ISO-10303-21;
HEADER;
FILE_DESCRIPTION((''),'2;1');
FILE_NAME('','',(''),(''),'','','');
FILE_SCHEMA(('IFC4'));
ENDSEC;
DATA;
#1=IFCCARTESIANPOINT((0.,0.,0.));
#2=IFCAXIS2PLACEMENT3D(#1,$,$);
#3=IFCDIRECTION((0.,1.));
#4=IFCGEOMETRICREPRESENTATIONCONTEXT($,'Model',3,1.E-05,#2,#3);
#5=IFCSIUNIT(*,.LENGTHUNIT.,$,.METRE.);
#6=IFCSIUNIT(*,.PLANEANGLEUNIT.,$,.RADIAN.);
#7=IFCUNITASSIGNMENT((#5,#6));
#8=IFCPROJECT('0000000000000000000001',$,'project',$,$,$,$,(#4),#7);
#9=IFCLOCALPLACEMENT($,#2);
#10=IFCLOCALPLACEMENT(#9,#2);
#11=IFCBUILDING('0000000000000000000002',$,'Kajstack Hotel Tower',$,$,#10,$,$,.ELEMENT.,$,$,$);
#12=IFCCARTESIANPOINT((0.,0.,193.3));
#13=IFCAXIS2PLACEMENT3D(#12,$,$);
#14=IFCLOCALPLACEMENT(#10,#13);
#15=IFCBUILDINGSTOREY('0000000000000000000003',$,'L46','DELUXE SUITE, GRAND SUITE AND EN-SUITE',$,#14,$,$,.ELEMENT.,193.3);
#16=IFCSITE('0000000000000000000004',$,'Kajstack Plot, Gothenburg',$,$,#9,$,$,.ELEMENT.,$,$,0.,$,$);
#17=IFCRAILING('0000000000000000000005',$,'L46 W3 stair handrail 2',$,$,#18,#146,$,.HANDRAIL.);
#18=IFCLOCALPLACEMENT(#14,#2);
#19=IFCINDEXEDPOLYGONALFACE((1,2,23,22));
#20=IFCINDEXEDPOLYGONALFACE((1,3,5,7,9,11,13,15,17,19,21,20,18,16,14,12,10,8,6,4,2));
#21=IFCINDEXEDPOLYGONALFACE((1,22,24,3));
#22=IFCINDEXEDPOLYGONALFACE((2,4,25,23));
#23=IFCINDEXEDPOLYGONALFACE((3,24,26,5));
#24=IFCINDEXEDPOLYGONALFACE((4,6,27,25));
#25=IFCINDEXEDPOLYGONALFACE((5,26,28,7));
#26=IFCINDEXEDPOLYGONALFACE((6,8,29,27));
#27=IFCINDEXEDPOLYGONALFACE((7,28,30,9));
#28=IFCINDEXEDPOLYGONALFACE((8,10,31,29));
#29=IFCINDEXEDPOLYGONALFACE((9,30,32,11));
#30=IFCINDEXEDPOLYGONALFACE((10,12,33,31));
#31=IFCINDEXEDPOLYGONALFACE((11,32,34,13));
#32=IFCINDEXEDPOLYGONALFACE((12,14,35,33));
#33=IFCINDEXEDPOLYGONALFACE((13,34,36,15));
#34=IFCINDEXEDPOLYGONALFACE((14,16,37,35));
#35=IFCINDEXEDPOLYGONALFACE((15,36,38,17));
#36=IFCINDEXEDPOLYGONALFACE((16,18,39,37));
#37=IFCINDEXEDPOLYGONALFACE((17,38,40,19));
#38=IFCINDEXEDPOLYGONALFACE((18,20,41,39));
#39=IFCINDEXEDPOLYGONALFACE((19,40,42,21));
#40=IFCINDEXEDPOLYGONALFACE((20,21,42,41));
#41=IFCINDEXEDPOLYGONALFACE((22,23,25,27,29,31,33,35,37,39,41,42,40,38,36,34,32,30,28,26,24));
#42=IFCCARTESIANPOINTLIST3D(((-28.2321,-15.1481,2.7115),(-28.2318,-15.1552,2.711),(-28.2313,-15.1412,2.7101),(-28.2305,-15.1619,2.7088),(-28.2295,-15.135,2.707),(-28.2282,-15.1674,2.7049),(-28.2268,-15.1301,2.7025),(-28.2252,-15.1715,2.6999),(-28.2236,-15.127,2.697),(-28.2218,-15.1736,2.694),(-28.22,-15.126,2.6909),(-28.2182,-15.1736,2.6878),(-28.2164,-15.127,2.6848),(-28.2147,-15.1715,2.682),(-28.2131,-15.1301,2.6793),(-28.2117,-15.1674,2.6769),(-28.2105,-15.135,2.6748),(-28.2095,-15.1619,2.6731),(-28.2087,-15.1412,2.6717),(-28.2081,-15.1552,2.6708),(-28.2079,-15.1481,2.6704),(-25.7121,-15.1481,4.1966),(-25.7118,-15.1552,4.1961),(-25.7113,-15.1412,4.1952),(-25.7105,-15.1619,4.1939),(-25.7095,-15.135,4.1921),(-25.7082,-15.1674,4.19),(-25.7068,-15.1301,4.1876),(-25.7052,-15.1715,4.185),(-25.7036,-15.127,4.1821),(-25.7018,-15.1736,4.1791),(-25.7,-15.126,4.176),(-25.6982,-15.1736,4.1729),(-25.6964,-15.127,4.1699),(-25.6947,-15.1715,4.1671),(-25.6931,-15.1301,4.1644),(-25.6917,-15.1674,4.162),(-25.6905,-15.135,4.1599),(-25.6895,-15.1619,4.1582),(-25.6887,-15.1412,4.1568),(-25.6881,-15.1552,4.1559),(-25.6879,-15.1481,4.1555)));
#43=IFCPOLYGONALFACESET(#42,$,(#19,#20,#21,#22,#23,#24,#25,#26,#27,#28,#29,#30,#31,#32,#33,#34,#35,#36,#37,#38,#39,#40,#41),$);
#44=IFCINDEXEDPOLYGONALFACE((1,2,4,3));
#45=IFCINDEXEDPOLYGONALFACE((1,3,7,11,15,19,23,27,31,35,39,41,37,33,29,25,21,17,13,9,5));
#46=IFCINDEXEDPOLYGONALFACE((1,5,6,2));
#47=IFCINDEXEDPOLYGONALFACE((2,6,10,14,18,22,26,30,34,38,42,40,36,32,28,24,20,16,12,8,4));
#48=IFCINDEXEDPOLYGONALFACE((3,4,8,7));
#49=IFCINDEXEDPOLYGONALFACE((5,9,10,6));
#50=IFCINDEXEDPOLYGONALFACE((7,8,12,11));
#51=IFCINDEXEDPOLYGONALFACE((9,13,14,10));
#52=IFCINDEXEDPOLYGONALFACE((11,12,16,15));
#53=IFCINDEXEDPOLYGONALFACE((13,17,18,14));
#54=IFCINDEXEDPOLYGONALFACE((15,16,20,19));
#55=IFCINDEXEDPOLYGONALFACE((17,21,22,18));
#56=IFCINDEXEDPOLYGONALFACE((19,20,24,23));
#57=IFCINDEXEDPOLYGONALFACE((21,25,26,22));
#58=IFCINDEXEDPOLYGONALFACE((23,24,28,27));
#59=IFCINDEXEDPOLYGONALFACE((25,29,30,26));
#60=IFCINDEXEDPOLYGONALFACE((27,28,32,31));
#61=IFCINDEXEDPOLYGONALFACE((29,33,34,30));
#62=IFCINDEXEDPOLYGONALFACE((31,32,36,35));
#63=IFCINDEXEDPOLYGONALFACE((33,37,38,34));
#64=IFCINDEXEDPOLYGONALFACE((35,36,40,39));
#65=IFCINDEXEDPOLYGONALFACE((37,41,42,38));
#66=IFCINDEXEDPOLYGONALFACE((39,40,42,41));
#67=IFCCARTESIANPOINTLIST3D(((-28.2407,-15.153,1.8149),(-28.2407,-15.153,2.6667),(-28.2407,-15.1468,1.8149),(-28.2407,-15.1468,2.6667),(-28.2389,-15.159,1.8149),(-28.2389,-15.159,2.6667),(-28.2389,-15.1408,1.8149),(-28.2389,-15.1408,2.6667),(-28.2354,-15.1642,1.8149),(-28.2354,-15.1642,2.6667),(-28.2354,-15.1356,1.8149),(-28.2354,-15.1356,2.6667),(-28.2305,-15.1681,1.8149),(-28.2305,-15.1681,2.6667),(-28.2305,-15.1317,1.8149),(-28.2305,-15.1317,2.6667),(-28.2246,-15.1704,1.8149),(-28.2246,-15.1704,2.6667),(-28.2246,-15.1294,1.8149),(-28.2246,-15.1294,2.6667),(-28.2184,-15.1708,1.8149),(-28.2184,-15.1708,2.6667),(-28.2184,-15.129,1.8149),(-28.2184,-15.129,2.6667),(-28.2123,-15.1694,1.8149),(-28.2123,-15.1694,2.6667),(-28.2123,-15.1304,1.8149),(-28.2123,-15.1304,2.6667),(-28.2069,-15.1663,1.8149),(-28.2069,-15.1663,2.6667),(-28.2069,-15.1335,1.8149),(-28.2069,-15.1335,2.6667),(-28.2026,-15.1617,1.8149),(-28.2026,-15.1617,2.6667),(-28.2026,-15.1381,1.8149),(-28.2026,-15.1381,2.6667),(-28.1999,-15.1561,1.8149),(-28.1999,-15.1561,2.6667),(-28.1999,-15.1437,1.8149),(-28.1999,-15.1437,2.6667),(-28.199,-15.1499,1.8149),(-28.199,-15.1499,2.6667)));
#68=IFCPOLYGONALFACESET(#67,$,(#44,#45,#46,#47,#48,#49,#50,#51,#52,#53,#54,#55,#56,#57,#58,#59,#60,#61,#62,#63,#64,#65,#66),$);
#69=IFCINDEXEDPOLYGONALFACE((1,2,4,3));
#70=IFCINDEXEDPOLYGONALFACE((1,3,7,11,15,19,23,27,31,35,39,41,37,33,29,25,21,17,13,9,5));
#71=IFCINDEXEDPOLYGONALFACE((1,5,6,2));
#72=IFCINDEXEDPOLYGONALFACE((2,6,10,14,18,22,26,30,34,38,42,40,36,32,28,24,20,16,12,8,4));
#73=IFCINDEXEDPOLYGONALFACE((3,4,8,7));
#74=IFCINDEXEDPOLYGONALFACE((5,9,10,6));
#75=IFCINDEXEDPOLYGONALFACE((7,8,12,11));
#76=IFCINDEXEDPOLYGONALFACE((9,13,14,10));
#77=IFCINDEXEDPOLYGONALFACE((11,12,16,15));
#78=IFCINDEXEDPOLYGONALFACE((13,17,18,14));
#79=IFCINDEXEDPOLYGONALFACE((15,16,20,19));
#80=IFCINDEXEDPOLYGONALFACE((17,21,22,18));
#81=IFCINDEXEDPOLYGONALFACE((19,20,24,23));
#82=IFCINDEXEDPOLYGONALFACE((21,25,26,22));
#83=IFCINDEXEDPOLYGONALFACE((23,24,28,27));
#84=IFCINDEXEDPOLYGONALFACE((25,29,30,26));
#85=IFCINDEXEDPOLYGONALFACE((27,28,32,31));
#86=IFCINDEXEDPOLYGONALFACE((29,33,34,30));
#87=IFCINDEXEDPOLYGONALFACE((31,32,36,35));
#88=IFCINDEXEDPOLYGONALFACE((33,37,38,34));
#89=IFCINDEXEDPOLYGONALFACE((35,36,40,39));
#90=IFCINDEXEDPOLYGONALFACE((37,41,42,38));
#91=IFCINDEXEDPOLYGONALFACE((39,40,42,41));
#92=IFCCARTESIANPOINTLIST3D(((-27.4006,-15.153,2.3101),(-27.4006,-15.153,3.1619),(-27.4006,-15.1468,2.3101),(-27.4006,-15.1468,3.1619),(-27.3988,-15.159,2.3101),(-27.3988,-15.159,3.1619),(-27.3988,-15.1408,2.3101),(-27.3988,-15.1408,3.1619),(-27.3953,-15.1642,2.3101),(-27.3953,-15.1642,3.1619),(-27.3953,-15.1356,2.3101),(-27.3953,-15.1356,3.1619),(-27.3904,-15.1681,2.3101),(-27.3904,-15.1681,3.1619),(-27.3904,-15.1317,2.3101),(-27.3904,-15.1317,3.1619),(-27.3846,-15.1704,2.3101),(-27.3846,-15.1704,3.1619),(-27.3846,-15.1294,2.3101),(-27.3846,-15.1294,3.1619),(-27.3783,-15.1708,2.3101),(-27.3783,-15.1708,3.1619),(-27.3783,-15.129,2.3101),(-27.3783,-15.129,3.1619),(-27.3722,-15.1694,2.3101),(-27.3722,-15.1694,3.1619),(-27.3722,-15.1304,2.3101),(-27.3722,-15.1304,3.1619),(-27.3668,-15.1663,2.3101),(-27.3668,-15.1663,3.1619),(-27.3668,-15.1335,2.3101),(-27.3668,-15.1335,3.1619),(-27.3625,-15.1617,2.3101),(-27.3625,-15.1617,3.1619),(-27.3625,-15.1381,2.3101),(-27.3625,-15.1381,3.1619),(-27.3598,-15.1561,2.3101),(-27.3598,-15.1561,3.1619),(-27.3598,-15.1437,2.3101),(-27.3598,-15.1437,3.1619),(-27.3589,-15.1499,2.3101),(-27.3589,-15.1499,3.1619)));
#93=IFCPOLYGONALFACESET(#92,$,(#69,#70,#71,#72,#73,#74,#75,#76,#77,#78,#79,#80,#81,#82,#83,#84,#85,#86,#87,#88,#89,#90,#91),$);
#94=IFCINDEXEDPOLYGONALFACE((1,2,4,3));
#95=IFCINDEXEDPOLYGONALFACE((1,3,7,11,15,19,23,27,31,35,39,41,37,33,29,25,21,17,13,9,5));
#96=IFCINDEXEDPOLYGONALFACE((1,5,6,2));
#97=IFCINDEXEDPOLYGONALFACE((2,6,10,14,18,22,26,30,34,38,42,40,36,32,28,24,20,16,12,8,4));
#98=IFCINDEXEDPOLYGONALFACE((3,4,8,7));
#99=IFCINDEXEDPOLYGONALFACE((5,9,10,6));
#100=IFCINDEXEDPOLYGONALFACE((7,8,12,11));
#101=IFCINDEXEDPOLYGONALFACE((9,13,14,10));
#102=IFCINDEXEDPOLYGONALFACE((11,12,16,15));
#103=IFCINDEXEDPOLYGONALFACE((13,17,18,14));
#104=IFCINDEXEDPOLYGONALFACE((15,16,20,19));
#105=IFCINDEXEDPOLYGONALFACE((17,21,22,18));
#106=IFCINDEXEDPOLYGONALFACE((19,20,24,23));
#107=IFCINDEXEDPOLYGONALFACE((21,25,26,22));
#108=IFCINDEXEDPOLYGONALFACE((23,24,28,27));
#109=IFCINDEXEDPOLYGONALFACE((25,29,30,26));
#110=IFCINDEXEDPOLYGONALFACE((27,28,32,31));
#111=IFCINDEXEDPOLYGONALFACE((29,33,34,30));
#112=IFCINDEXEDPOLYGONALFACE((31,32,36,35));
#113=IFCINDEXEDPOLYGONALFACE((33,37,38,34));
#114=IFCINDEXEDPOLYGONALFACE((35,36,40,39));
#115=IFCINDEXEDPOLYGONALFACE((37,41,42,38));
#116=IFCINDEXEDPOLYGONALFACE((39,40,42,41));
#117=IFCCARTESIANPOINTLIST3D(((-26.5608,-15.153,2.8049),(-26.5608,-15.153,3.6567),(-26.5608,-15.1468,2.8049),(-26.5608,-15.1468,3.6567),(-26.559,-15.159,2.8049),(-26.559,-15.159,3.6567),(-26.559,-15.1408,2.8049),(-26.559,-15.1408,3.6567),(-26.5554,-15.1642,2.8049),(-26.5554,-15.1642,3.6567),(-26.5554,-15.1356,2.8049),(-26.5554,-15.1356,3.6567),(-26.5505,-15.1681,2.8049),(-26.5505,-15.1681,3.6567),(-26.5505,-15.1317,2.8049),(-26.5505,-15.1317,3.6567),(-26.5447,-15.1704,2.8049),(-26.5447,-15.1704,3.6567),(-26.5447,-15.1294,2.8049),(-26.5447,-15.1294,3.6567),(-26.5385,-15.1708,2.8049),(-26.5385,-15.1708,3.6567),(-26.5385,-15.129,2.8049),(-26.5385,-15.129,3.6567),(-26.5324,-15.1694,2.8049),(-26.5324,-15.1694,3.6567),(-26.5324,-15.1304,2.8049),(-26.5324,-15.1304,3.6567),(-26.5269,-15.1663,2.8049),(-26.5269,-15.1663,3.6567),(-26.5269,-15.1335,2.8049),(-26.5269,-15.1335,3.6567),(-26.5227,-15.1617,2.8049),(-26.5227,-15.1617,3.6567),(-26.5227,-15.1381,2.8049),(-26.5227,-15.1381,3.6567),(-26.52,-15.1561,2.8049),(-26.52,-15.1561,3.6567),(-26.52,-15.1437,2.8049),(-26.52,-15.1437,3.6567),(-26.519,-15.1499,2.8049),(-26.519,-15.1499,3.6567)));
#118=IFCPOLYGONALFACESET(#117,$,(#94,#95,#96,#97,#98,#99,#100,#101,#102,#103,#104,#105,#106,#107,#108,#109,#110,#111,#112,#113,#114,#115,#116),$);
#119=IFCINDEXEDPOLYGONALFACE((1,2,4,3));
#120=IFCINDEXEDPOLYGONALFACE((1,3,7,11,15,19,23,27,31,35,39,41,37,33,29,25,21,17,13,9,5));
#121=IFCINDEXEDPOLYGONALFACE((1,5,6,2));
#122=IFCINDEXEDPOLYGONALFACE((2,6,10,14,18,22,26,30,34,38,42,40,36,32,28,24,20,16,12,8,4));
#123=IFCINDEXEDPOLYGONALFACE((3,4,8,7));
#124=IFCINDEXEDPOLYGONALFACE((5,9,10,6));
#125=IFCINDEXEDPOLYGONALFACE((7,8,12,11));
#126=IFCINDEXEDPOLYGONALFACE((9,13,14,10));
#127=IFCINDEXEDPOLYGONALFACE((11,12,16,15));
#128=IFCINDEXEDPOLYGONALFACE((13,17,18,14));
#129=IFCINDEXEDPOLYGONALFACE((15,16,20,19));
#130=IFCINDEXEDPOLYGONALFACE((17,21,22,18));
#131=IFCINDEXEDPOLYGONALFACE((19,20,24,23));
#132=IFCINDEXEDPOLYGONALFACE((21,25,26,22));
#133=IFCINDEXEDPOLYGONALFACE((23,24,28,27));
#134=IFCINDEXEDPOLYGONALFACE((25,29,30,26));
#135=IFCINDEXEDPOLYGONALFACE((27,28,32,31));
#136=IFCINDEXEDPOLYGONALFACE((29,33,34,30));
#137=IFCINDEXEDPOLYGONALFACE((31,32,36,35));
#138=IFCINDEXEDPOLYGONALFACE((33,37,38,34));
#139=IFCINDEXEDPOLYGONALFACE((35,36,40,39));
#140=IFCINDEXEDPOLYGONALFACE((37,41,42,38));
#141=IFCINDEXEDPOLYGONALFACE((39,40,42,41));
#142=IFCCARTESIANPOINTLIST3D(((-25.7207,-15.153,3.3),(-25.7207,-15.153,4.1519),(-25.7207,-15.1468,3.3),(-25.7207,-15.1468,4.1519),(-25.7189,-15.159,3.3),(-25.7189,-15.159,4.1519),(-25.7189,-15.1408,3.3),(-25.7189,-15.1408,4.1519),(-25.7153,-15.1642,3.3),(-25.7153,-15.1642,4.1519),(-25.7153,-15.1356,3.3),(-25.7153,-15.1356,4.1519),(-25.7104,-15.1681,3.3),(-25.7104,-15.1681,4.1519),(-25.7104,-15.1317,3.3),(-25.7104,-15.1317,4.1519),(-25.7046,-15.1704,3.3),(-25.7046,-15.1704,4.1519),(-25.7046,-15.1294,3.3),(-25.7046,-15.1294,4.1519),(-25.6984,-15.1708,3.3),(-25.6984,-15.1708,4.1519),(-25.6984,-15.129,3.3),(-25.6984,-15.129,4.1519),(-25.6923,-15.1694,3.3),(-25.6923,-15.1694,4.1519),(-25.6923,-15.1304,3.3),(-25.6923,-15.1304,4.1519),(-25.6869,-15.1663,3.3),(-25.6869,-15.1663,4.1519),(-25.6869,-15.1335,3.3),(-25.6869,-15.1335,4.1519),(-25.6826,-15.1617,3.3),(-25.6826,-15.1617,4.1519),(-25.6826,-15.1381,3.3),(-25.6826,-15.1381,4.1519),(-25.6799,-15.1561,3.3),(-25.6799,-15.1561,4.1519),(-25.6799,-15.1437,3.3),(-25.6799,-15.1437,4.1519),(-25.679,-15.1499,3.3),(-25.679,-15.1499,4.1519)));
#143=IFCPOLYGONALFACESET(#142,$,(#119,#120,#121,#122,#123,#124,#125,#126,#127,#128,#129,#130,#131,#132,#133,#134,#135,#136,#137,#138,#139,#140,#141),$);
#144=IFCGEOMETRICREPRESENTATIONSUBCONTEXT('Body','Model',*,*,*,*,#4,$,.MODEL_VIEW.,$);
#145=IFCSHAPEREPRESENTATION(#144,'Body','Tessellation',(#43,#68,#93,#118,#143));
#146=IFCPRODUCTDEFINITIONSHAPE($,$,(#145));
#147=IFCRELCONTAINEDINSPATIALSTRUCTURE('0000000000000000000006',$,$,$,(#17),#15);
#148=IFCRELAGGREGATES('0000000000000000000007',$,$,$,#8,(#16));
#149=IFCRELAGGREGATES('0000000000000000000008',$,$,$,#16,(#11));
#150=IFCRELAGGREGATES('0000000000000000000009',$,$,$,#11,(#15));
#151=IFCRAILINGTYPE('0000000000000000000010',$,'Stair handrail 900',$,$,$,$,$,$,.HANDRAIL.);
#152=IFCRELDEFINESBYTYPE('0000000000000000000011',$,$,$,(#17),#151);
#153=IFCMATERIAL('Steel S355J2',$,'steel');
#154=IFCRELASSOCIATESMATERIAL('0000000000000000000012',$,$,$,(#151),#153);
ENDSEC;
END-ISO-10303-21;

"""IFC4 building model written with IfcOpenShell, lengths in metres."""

from ifc_helpers import new_model, si_unit, direction, frame, origin, origin_2d, place, context, subcontext, project, spatial, circle, extrude, material, type_object, element, save


model = new_model("IFC4")

# Units and contexts
model_context = context("Model", 3, precision=1e-05, world=origin(), true_north=direction((0.0, 1.0)))
body_context = subcontext(model_context, "Body", "Model", "MODEL_VIEW")
ifc_project = project(units=[si_unit("LENGTHUNIT", "METRE"), si_unit("PLANEANGLEUNIT", "RADIAN")], contexts=[model_context])

# Site, building, storey
site_placement = place(None, origin())
site = spatial("IfcSite", under=ifc_project, at=site_placement, Name="Kajstack Plot, Gothenburg", CompositionType="ELEMENT", RefElevation=0.0)
building_placement = place(site_placement, origin())
building = spatial("IfcBuilding", under=site, at=building_placement, Name="Kajstack Hotel Tower", CompositionType="ELEMENT")
storey_placement = place(building_placement, frame((0.0, 0.0, 193.3)))
storey = spatial("IfcBuildingStorey", under=building, at=storey_placement, Name="L46", Description="DELUXE SUITE, GRAND SUITE AND EN-SUITE", CompositionType="ELEMENT", Elevation=193.3)

# Railing
ifc_material_1 = material(Name="Steel S355J2", Category="steel")
railing_type_1 = type_object("IfcRailingType", Name="Stair handrail 900", PredefinedType="HANDRAIL", material=ifc_material_1)
railing_1_placement = place(storey_placement, frame((-28.22, -15.1499, 1.8149)))
element("IfcRailing", 1, at=railing_1_placement, inside=storey, type_object=railing_type_1, Name="L46 W3 stair handrail 2", PredefinedType="HANDRAIL", context=body_context, shape_type="SweptSolid", body=[
    extrude(circle(Radius=0.0239, at=origin_2d()), frame((0.0, 0.0, 0.876), z_axis=(0.861524, 0.0, 0.507717), x_axis=(0.0, 1.0, 0.0)), (0.0, 0.0, 1.0), 2.925),
    extrude(circle(Radius=0.021, at=origin_2d()), origin(), (0.0, 0.0, 1.0), 0.8518),
    extrude(circle(Radius=0.021, at=origin_2d()), frame((0.8401, 0.0, 0.4951)), (0.0, 0.0, 1.0), 0.8518),
    extrude(circle(Radius=0.021, at=origin_2d()), frame((1.6799, 0.0, 0.99)), (0.0, 0.0, 1.0), 0.8518),
    extrude(circle(Radius=0.021, at=origin_2d()), frame((2.52, 0.0, 1.4851)), (0.0, 0.0, 1.0), 0.8518),
])

save(model, "model.ifc")
